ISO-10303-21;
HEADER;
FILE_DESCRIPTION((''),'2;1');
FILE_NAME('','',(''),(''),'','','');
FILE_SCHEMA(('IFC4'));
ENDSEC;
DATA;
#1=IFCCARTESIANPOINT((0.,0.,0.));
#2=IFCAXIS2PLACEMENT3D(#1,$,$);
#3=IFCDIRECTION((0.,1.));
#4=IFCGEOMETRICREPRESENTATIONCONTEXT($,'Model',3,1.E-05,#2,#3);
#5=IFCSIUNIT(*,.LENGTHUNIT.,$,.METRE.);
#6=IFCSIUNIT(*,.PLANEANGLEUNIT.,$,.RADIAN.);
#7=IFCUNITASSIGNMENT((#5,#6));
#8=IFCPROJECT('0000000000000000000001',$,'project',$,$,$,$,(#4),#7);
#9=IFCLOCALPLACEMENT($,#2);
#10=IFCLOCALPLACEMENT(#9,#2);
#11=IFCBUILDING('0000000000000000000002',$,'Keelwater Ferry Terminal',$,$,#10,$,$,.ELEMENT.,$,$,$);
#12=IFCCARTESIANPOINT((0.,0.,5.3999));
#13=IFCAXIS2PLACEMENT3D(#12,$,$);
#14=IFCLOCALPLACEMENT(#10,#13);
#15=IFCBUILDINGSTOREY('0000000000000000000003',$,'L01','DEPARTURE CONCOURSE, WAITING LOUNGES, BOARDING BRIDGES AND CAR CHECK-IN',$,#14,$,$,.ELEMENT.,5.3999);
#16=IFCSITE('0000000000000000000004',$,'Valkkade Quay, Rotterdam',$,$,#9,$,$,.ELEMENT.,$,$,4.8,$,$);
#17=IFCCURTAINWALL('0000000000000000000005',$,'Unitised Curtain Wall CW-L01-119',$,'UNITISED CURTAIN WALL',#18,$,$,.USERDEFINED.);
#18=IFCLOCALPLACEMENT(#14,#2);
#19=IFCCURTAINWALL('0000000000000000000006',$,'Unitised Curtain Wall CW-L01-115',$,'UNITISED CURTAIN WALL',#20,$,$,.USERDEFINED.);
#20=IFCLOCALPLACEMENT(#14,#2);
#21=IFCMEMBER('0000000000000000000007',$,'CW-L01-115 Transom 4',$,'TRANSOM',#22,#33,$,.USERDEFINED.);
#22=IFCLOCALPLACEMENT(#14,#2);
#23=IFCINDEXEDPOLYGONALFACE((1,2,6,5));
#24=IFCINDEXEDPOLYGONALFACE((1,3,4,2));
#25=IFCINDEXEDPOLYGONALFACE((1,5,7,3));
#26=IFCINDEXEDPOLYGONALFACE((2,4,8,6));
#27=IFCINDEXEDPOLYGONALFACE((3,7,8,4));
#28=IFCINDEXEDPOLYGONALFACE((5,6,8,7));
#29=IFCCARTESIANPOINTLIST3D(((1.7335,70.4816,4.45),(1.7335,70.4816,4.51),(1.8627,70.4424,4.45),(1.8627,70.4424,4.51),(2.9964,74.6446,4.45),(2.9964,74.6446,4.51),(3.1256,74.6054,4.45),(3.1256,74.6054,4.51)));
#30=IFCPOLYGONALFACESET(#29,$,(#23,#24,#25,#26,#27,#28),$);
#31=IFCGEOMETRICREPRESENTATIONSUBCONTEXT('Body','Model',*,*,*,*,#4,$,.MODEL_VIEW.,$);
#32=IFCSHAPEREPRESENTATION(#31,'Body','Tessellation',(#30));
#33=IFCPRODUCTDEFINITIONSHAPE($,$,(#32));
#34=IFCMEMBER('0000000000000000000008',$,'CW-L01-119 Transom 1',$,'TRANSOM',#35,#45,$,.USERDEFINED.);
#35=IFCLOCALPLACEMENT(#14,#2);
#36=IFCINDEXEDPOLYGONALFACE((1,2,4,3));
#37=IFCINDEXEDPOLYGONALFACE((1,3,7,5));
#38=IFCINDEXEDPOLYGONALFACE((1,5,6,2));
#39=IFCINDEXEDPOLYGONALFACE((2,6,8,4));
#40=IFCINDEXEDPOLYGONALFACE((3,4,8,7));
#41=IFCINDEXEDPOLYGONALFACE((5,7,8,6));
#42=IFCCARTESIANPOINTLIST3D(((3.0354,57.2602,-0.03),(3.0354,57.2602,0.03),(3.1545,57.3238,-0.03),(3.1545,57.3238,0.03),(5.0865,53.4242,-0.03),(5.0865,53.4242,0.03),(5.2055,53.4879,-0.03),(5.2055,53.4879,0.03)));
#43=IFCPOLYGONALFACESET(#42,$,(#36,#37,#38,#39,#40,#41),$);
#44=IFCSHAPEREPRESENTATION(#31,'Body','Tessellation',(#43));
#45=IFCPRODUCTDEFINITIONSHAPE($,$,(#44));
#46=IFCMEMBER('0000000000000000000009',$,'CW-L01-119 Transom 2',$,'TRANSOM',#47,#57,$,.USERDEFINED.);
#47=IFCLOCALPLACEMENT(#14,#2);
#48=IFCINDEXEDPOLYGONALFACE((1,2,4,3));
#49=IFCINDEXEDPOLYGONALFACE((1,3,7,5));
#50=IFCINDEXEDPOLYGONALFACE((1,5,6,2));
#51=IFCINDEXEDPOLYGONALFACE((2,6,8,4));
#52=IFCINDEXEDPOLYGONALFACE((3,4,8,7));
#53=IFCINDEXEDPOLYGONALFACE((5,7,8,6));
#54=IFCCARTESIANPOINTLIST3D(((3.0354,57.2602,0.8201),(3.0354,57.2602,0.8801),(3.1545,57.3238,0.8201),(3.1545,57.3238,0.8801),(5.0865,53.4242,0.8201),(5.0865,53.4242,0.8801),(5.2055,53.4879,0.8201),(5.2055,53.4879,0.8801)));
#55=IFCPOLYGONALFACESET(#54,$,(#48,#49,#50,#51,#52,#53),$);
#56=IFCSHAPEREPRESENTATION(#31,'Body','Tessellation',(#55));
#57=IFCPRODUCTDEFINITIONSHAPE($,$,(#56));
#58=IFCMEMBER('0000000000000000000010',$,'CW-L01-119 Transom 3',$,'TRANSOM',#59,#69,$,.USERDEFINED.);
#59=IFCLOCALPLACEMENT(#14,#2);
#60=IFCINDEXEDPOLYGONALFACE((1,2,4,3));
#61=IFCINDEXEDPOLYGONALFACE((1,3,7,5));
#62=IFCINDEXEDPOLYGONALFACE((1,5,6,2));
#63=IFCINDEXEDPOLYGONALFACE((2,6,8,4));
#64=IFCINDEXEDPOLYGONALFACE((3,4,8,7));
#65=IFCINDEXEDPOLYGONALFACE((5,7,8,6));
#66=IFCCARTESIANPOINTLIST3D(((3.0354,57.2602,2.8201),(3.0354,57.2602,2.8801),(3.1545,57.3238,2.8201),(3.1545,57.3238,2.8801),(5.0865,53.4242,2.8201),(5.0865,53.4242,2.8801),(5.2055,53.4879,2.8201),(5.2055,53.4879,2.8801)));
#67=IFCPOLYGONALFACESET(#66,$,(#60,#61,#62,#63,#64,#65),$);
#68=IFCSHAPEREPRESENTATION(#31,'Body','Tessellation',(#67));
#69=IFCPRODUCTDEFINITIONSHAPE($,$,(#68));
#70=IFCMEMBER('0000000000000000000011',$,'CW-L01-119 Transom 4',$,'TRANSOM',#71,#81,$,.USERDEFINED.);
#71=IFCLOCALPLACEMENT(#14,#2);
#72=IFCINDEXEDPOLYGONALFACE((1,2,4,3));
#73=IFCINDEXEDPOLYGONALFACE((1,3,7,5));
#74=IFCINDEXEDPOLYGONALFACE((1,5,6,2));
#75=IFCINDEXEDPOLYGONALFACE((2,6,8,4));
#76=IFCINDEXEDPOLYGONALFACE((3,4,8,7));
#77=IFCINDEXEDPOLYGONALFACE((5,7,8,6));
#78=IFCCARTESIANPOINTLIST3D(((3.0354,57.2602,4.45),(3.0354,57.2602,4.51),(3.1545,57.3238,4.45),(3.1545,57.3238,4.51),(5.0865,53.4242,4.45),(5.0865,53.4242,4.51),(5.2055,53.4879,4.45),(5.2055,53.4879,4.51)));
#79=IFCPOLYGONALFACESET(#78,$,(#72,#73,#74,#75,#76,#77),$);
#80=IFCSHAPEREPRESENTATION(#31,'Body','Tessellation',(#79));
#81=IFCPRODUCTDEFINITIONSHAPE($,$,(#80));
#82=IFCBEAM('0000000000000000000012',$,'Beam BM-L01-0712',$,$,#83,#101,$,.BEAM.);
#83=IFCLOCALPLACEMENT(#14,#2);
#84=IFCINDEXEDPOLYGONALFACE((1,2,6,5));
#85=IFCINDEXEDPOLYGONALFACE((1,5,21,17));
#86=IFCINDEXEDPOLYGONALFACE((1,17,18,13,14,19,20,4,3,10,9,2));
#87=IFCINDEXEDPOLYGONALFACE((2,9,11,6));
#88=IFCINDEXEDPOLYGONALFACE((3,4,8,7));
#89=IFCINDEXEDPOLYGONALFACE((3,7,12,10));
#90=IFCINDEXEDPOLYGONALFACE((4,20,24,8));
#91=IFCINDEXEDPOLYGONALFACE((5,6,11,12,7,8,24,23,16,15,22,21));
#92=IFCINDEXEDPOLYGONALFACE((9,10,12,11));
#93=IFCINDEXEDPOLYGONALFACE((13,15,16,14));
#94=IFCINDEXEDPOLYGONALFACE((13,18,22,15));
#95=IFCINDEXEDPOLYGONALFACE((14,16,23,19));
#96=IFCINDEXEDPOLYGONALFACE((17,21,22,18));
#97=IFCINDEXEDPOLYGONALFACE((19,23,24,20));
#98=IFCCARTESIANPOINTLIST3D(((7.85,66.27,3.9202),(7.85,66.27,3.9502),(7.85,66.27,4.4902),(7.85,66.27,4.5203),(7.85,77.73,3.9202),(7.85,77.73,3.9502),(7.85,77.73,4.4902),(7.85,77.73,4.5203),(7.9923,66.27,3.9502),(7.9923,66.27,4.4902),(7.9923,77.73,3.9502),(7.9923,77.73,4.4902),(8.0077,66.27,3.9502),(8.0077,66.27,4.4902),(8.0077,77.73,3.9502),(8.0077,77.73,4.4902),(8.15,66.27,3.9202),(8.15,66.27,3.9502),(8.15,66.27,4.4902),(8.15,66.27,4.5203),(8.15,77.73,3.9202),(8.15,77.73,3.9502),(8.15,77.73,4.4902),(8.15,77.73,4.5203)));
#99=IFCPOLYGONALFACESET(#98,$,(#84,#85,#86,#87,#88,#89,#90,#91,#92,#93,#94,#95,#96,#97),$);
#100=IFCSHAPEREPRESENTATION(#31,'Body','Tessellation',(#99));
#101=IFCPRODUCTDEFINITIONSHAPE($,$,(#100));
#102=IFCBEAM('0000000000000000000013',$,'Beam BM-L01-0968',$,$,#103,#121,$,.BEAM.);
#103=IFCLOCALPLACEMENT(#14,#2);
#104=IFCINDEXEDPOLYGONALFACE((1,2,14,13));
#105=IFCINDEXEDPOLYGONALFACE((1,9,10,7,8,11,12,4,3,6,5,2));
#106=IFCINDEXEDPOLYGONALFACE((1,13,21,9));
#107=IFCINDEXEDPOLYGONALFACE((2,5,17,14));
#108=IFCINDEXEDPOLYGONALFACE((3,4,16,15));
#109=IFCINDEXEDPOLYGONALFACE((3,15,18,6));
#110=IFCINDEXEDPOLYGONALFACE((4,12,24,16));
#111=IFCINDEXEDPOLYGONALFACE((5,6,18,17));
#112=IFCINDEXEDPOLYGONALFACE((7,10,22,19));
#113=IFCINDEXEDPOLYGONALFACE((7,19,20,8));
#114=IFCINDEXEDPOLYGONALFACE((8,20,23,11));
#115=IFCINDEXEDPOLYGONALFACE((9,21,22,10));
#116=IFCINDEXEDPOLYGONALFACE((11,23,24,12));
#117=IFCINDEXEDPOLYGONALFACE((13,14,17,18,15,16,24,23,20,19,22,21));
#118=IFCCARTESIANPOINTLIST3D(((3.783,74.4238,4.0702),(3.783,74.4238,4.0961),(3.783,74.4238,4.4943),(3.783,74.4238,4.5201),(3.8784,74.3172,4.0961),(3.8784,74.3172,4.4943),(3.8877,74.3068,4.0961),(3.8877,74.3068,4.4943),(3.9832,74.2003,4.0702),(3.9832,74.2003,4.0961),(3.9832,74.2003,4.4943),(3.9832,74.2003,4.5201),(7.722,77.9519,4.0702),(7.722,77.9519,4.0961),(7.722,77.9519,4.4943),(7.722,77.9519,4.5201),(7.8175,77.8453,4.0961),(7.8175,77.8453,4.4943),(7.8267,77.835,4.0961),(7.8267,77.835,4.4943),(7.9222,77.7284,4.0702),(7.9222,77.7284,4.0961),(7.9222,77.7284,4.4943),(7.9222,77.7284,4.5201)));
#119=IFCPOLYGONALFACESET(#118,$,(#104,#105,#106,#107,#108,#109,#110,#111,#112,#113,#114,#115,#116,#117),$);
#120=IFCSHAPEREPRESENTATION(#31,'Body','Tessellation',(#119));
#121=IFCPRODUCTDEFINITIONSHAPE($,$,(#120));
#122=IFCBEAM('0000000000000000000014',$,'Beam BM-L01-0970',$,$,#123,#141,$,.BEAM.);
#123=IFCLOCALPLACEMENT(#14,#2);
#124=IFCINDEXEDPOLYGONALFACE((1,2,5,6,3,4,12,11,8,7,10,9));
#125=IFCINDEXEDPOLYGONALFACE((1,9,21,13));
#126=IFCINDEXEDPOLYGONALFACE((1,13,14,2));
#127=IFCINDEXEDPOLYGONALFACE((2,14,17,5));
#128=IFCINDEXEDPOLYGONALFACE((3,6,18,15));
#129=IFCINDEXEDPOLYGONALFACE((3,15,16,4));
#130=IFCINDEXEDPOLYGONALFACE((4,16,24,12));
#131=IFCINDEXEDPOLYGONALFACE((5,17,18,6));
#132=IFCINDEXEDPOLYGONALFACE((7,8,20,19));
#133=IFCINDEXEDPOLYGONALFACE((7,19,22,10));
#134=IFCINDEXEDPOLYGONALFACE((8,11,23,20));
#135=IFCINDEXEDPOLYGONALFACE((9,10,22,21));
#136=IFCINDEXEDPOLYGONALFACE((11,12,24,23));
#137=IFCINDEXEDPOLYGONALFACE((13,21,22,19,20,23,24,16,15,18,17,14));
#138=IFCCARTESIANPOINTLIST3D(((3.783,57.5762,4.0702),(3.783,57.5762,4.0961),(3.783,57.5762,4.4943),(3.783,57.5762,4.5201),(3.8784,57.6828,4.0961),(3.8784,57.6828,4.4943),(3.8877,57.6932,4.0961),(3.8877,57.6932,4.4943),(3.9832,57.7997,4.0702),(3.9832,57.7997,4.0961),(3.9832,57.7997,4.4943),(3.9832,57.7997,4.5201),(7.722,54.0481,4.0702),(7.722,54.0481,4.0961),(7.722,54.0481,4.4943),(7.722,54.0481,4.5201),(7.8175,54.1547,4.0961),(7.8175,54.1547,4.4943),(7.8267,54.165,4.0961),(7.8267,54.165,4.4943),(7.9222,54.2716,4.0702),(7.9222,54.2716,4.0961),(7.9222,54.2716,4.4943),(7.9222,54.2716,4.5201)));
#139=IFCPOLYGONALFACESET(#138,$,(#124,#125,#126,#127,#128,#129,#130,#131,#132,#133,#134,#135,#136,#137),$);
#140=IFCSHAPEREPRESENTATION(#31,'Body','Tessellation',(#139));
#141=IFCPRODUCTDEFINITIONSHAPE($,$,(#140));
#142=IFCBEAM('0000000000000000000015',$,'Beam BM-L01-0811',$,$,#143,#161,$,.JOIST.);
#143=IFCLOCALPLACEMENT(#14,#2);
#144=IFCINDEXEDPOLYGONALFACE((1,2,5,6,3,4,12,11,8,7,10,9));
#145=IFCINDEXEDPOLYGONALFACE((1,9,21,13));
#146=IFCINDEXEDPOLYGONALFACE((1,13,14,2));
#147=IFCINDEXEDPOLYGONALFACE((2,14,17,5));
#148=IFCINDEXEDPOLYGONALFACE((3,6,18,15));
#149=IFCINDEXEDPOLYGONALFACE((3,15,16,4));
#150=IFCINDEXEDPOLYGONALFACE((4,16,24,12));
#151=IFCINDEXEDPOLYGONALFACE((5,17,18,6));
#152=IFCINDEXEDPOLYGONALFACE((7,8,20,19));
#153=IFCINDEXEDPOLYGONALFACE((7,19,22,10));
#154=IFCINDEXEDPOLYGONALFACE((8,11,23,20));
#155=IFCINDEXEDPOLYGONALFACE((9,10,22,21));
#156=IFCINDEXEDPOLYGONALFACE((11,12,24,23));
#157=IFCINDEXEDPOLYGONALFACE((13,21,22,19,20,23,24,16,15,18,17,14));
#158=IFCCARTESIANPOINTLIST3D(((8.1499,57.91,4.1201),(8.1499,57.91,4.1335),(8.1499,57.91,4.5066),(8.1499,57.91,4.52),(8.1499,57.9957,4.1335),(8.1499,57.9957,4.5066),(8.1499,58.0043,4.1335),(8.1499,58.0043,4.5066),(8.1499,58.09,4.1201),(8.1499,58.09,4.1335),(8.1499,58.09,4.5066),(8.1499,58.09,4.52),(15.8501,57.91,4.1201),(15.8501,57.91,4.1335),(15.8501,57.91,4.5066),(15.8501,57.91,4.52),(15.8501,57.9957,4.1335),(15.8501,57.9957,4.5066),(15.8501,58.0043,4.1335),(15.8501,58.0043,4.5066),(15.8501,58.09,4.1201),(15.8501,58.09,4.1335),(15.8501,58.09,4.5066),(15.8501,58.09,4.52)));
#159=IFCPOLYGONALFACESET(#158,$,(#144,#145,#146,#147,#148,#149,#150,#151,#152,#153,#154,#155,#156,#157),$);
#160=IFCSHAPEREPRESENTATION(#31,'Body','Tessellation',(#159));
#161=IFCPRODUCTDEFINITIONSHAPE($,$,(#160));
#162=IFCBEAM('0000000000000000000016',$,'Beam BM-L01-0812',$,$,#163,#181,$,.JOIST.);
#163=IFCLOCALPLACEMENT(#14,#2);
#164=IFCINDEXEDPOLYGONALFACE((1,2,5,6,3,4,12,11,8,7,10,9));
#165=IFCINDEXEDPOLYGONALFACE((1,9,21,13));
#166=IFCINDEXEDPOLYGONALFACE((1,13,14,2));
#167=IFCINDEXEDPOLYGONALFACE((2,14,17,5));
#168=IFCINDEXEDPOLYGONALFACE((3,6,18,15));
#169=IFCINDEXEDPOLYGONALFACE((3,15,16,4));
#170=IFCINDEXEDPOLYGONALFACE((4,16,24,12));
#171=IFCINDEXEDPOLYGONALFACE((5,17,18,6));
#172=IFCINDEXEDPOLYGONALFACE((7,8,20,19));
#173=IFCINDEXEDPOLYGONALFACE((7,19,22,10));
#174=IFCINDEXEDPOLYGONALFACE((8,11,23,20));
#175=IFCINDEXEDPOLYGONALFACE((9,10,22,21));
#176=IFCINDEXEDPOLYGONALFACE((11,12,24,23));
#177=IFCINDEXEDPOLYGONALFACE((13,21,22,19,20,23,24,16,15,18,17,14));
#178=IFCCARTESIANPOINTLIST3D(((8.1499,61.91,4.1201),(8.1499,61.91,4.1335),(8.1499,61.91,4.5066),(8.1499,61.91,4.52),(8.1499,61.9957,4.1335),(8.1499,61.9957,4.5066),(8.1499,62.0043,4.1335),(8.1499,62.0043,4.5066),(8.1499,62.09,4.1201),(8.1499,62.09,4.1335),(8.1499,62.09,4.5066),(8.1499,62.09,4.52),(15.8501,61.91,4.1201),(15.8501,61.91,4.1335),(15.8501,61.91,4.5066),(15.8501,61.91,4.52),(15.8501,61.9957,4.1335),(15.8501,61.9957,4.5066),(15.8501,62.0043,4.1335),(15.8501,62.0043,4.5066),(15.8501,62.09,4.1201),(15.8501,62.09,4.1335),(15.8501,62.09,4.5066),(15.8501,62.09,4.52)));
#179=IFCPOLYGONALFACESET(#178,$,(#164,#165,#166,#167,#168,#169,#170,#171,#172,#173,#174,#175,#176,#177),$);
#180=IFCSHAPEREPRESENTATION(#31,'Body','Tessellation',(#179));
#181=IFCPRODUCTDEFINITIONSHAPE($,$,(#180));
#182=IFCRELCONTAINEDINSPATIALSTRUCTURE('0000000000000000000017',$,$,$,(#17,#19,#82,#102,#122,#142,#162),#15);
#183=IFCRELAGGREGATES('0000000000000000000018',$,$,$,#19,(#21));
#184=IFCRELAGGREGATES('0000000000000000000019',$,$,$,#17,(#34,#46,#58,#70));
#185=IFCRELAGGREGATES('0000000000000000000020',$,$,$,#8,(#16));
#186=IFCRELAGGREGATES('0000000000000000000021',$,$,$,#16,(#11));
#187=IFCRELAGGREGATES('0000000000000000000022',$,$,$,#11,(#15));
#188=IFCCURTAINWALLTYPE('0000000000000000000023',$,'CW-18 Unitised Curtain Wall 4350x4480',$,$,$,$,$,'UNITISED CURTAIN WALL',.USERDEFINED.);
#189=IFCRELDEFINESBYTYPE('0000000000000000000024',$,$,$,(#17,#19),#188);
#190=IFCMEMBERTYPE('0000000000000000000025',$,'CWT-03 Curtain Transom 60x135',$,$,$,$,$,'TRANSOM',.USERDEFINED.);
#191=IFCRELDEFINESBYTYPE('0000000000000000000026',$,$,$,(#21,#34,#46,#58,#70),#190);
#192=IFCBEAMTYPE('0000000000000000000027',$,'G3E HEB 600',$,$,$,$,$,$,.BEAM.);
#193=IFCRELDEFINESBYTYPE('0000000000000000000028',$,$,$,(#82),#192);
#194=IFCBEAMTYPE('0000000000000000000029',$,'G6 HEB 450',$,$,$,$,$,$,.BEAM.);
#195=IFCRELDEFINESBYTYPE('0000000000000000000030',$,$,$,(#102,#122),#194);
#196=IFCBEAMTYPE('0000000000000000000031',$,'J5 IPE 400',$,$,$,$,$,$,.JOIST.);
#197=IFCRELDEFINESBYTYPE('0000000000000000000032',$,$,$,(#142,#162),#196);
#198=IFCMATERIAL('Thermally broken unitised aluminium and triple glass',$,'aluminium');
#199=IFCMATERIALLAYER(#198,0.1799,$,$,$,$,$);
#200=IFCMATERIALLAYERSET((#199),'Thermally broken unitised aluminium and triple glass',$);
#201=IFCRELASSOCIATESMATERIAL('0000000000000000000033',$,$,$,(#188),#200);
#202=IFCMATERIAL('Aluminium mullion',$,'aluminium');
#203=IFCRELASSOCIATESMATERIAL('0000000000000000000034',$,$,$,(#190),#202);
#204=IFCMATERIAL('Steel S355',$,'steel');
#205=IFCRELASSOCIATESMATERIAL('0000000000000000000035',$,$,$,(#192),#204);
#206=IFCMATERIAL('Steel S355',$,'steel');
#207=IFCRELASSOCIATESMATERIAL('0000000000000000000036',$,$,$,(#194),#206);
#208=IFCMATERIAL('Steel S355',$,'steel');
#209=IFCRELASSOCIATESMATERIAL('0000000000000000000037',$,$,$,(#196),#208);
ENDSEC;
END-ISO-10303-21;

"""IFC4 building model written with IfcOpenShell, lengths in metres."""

from ifc_helpers import new_model, si_unit, direction, frame, origin, origin_2d, place, context, subcontext, project, spatial, rectangle, i_section, extrude, material, layer, layer_set, material_profile, profile_set, type_object, element, aggregate, save


model = new_model("IFC4")

# Units and contexts
model_context = context("Model", 3, precision=1e-05, world=origin(), true_north=direction((0.0, 1.0)))
body_context = subcontext(model_context, "Body", "Model", "MODEL_VIEW")
ifc_project = project(units=[si_unit("LENGTHUNIT", "METRE"), si_unit("PLANEANGLEUNIT", "RADIAN")], contexts=[model_context])

# Site, building, storey
site_placement = place(None, origin())
site = spatial("IfcSite", under=ifc_project, at=site_placement, Name="Valkkade Quay, Rotterdam", CompositionType="ELEMENT", RefElevation=4.8)
building_placement = place(site_placement, origin())
building = spatial("IfcBuilding", under=site, at=building_placement, Name="Keelwater Ferry Terminal", CompositionType="ELEMENT")
storey_placement = place(building_placement, frame((0.0, 0.0, 5.3999)))
storey = spatial("IfcBuildingStorey", under=building, at=storey_placement, Name="L01", Description="DEPARTURE CONCOURSE, WAITING LOUNGES, BOARDING BRIDGES AND CAR CHECK-IN", CompositionType="ELEMENT", Elevation=5.3999)

# Curtain wall
ifc_material_1 = material(Name="Thermally broken unitised aluminium and triple glass", Category="aluminium")
ifc_layer_1 = layer(ifc_material_1, 0.1799)
ifc_layer_set_1 = layer_set([ifc_layer_1], Name="Thermally broken unitised aluminium and triple glass")
curtain_wall_type = type_object("IfcCurtainWallType", Name="CW-18 Unitised Curtain Wall 4350x4480", ElementType="UNITISED CURTAIN WALL", PredefinedType="USERDEFINED", material=ifc_layer_set_1)
curtain_wall_1_placement = place(storey_placement, origin())
curtain_wall_1 = element("IfcCurtainWall", 1, at=curtain_wall_1_placement, inside=storey, type_object=curtain_wall_type, Name="Unitised Curtain Wall CW-L01-119", ObjectType="UNITISED CURTAIN WALL", PredefinedType="USERDEFINED")

# Curtain wall, member
curtain_wall_2_placement = place(storey_placement, origin())
curtain_wall_2 = element("IfcCurtainWall", 2, at=curtain_wall_2_placement, inside=storey, type_object=curtain_wall_type, Name="Unitised Curtain Wall CW-L01-115", ObjectType="UNITISED CURTAIN WALL", PredefinedType="USERDEFINED")
ifc_material_2 = material(Name="Aluminium mullion", Category="aluminium")
ifc_material_profile_1 = material_profile(ifc_material_2, rectangle(XDim=0.135, YDim=0.0601, at=origin_2d()), Name="CWT-03")
ifc_profile_set_1 = profile_set([ifc_material_profile_1], Name="Aluminium mullion")
member_type_1 = type_object("IfcMemberType", Name="CWT-03 Curtain Transom 60x135", ElementType="TRANSOM", PredefinedType="USERDEFINED", material=ifc_profile_set_1)
member_1_placement = place(storey_placement, frame((3.061, 74.625, 4.48), z_axis=(-0.290302, -0.956935, 0.0), x_axis=(0.956935, -0.290302, 0.0)))
member_1 = element("IfcMember", 3, at=member_1_placement, type_object=member_type_1, Name="CW-L01-115 Transom 4", ObjectType="TRANSOM", PredefinedType="USERDEFINED", context=body_context, shape_type="SweptSolid", body=[
    extrude(rectangle(XDim=0.135, YDim=0.0601, at=origin_2d()), origin(), (0.0, 0.0, 1.0), 4.3503),
])
aggregate(curtain_wall_2, [member_1])

# Members
member_2_placement = place(storey_placement, frame((3.095, 57.292, 0.0), z_axis=(0.471517, -0.881857, 0.0), x_axis=(0.881857, 0.471517, 0.0)))
member_2 = element("IfcMember", 4, at=member_2_placement, type_object=member_type_1, Name="CW-L01-119 Transom 1", ObjectType="TRANSOM", PredefinedType="USERDEFINED", context=body_context, shape_type="SweptSolid", body=[
    extrude(rectangle(XDim=0.135, YDim=0.0601, at=origin_2d()), origin(), (0.0, 0.0, 1.0), 4.3499),
])
member_3_placement = place(storey_placement, frame((3.095, 57.292, 0.8501), z_axis=(0.471517, -0.881857, 0.0), x_axis=(0.881857, 0.471517, 0.0)))
member_3 = element("IfcMember", 5, at=member_3_placement, type_object=member_type_1, Name="CW-L01-119 Transom 2", ObjectType="TRANSOM", PredefinedType="USERDEFINED", context=body_context, shape_type="SweptSolid", body=[
    extrude(rectangle(XDim=0.135, YDim=0.0601, at=origin_2d()), origin(), (0.0, 0.0, 1.0), 4.3499),
])
member_4_placement = place(storey_placement, frame((3.095, 57.292, 2.8501), z_axis=(0.471517, -0.881857, 0.0), x_axis=(0.881857, 0.471517, 0.0)))
member_4 = element("IfcMember", 6, at=member_4_placement, type_object=member_type_1, Name="CW-L01-119 Transom 3", ObjectType="TRANSOM", PredefinedType="USERDEFINED", context=body_context, shape_type="SweptSolid", body=[
    extrude(rectangle(XDim=0.135, YDim=0.0601, at=origin_2d()), origin(), (0.0, 0.0, 1.0), 4.3499),
])
member_5_placement = place(storey_placement, frame((3.095, 57.292, 4.48), z_axis=(0.471517, -0.881857, 0.0), x_axis=(0.881857, 0.471517, 0.0)))
member_5 = element("IfcMember", 7, at=member_5_placement, type_object=member_type_1, Name="CW-L01-119 Transom 4", ObjectType="TRANSOM", PredefinedType="USERDEFINED", context=body_context, shape_type="SweptSolid", body=[
    extrude(rectangle(XDim=0.135, YDim=0.0601, at=origin_2d()), origin(), (0.0, 0.0, 1.0), 4.3499),
])

# Beams
ifc_material_3 = material(Name="Steel S355", Category="steel")
ifc_material_profile_2 = material_profile(ifc_material_3, i_section(OverallWidth=0.3, OverallDepth=0.6001, WebThickness=0.0154, FlangeThickness=0.03, at=origin_2d()), Name="HEB 600")
ifc_profile_set_2 = profile_set([ifc_material_profile_2], Name="Steel S355")
beam_type_1 = type_object("IfcBeamType", Name="G3E HEB 600", PredefinedType="BEAM", material=ifc_profile_set_2)
beam_1_placement = place(storey_placement, frame((8.0, 66.27, 4.2202), z_axis=(0.0, 1.0, 0.0), x_axis=(-1.0, 0.0, 0.0)))
element("IfcBeam", 8, at=beam_1_placement, inside=storey, type_object=beam_type_1, Name="Beam BM-L01-0712", PredefinedType="BEAM", context=body_context, shape_type="SweptSolid", body=[
    extrude(i_section(OverallWidth=0.3, OverallDepth=0.6001, WebThickness=0.0154, FlangeThickness=0.03, at=origin_2d()), origin(), (0.0, 0.0, 1.0), 11.46),
])
ifc_material_4 = material(Name="Steel S355", Category="steel")
ifc_material_profile_3 = material_profile(ifc_material_4, i_section(OverallWidth=0.3, OverallDepth=0.45, WebThickness=0.0139, FlangeThickness=0.0259, at=origin_2d()), Name="HEB 450")
ifc_profile_set_3 = profile_set([ifc_material_profile_3], Name="Steel S355")
beam_type_2 = type_object("IfcBeamType", Name="G6 HEB 450", PredefinedType="BEAM", material=ifc_profile_set_3)
for number, where, z_axis, x_axis, name in (
    (9, (3.8831, 74.312, 4.2952), (0.74489, 0.667187, 0.0), (-0.667187, 0.74489, 0.0), "Beam BM-L01-0968"),
    (10, (3.8831, 57.688, 4.2952), (0.74489, -0.667187, 0.0), (0.667187, 0.74489, 0.0), "Beam BM-L01-0970"),
):
    element("IfcBeam", number, at=place(storey_placement, frame(where, z_axis=z_axis, x_axis=x_axis)), inside=storey, type_object=beam_type_2, Name=name, PredefinedType="BEAM", context=body_context, shape_type="SweptSolid", body=[
        extrude(i_section(OverallWidth=0.3, OverallDepth=0.45, WebThickness=0.0139, FlangeThickness=0.0259, at=origin_2d()), origin(), (0.0, 0.0, 1.0), 5.2881),
    ])
ifc_material_5 = material(Name="Steel S355", Category="steel")
ifc_material_profile_4 = material_profile(ifc_material_5, i_section(OverallWidth=0.1799, OverallDepth=0.3999, WebThickness=0.0085, FlangeThickness=0.0134, at=origin_2d()), Name="IPE 400")
ifc_profile_set_4 = profile_set([ifc_material_profile_4], Name="Steel S355")
beam_type_3 = type_object("IfcBeamType", Name="J5 IPE 400", PredefinedType="JOIST", material=ifc_profile_set_4)
for number, where, z_axis, x_axis, name in (
    (11, (8.1499, 58.0, 4.3201), (1.0, 0.0, 0.0), (0.0, 1.0, 0.0), "Beam BM-L01-0811"),
    (12, (8.1499, 62.0, 4.3201), (1.0, 0.0, 0.0), (0.0, 1.0, 0.0), "Beam BM-L01-0812"),
):
    element("IfcBeam", number, at=place(storey_placement, frame(where, z_axis=z_axis, x_axis=x_axis)), inside=storey, type_object=beam_type_3, Name=name, PredefinedType="JOIST", context=body_context, shape_type="SweptSolid", body=[
        extrude(i_section(OverallWidth=0.1799, OverallDepth=0.3999, WebThickness=0.0085, FlangeThickness=0.0134, at=origin_2d()), origin(), (0.0, 0.0, 1.0), 7.7002),
    ])

aggregate(curtain_wall_1, [member_2, member_3, member_4, member_5])

save(model, "model.ifc")
